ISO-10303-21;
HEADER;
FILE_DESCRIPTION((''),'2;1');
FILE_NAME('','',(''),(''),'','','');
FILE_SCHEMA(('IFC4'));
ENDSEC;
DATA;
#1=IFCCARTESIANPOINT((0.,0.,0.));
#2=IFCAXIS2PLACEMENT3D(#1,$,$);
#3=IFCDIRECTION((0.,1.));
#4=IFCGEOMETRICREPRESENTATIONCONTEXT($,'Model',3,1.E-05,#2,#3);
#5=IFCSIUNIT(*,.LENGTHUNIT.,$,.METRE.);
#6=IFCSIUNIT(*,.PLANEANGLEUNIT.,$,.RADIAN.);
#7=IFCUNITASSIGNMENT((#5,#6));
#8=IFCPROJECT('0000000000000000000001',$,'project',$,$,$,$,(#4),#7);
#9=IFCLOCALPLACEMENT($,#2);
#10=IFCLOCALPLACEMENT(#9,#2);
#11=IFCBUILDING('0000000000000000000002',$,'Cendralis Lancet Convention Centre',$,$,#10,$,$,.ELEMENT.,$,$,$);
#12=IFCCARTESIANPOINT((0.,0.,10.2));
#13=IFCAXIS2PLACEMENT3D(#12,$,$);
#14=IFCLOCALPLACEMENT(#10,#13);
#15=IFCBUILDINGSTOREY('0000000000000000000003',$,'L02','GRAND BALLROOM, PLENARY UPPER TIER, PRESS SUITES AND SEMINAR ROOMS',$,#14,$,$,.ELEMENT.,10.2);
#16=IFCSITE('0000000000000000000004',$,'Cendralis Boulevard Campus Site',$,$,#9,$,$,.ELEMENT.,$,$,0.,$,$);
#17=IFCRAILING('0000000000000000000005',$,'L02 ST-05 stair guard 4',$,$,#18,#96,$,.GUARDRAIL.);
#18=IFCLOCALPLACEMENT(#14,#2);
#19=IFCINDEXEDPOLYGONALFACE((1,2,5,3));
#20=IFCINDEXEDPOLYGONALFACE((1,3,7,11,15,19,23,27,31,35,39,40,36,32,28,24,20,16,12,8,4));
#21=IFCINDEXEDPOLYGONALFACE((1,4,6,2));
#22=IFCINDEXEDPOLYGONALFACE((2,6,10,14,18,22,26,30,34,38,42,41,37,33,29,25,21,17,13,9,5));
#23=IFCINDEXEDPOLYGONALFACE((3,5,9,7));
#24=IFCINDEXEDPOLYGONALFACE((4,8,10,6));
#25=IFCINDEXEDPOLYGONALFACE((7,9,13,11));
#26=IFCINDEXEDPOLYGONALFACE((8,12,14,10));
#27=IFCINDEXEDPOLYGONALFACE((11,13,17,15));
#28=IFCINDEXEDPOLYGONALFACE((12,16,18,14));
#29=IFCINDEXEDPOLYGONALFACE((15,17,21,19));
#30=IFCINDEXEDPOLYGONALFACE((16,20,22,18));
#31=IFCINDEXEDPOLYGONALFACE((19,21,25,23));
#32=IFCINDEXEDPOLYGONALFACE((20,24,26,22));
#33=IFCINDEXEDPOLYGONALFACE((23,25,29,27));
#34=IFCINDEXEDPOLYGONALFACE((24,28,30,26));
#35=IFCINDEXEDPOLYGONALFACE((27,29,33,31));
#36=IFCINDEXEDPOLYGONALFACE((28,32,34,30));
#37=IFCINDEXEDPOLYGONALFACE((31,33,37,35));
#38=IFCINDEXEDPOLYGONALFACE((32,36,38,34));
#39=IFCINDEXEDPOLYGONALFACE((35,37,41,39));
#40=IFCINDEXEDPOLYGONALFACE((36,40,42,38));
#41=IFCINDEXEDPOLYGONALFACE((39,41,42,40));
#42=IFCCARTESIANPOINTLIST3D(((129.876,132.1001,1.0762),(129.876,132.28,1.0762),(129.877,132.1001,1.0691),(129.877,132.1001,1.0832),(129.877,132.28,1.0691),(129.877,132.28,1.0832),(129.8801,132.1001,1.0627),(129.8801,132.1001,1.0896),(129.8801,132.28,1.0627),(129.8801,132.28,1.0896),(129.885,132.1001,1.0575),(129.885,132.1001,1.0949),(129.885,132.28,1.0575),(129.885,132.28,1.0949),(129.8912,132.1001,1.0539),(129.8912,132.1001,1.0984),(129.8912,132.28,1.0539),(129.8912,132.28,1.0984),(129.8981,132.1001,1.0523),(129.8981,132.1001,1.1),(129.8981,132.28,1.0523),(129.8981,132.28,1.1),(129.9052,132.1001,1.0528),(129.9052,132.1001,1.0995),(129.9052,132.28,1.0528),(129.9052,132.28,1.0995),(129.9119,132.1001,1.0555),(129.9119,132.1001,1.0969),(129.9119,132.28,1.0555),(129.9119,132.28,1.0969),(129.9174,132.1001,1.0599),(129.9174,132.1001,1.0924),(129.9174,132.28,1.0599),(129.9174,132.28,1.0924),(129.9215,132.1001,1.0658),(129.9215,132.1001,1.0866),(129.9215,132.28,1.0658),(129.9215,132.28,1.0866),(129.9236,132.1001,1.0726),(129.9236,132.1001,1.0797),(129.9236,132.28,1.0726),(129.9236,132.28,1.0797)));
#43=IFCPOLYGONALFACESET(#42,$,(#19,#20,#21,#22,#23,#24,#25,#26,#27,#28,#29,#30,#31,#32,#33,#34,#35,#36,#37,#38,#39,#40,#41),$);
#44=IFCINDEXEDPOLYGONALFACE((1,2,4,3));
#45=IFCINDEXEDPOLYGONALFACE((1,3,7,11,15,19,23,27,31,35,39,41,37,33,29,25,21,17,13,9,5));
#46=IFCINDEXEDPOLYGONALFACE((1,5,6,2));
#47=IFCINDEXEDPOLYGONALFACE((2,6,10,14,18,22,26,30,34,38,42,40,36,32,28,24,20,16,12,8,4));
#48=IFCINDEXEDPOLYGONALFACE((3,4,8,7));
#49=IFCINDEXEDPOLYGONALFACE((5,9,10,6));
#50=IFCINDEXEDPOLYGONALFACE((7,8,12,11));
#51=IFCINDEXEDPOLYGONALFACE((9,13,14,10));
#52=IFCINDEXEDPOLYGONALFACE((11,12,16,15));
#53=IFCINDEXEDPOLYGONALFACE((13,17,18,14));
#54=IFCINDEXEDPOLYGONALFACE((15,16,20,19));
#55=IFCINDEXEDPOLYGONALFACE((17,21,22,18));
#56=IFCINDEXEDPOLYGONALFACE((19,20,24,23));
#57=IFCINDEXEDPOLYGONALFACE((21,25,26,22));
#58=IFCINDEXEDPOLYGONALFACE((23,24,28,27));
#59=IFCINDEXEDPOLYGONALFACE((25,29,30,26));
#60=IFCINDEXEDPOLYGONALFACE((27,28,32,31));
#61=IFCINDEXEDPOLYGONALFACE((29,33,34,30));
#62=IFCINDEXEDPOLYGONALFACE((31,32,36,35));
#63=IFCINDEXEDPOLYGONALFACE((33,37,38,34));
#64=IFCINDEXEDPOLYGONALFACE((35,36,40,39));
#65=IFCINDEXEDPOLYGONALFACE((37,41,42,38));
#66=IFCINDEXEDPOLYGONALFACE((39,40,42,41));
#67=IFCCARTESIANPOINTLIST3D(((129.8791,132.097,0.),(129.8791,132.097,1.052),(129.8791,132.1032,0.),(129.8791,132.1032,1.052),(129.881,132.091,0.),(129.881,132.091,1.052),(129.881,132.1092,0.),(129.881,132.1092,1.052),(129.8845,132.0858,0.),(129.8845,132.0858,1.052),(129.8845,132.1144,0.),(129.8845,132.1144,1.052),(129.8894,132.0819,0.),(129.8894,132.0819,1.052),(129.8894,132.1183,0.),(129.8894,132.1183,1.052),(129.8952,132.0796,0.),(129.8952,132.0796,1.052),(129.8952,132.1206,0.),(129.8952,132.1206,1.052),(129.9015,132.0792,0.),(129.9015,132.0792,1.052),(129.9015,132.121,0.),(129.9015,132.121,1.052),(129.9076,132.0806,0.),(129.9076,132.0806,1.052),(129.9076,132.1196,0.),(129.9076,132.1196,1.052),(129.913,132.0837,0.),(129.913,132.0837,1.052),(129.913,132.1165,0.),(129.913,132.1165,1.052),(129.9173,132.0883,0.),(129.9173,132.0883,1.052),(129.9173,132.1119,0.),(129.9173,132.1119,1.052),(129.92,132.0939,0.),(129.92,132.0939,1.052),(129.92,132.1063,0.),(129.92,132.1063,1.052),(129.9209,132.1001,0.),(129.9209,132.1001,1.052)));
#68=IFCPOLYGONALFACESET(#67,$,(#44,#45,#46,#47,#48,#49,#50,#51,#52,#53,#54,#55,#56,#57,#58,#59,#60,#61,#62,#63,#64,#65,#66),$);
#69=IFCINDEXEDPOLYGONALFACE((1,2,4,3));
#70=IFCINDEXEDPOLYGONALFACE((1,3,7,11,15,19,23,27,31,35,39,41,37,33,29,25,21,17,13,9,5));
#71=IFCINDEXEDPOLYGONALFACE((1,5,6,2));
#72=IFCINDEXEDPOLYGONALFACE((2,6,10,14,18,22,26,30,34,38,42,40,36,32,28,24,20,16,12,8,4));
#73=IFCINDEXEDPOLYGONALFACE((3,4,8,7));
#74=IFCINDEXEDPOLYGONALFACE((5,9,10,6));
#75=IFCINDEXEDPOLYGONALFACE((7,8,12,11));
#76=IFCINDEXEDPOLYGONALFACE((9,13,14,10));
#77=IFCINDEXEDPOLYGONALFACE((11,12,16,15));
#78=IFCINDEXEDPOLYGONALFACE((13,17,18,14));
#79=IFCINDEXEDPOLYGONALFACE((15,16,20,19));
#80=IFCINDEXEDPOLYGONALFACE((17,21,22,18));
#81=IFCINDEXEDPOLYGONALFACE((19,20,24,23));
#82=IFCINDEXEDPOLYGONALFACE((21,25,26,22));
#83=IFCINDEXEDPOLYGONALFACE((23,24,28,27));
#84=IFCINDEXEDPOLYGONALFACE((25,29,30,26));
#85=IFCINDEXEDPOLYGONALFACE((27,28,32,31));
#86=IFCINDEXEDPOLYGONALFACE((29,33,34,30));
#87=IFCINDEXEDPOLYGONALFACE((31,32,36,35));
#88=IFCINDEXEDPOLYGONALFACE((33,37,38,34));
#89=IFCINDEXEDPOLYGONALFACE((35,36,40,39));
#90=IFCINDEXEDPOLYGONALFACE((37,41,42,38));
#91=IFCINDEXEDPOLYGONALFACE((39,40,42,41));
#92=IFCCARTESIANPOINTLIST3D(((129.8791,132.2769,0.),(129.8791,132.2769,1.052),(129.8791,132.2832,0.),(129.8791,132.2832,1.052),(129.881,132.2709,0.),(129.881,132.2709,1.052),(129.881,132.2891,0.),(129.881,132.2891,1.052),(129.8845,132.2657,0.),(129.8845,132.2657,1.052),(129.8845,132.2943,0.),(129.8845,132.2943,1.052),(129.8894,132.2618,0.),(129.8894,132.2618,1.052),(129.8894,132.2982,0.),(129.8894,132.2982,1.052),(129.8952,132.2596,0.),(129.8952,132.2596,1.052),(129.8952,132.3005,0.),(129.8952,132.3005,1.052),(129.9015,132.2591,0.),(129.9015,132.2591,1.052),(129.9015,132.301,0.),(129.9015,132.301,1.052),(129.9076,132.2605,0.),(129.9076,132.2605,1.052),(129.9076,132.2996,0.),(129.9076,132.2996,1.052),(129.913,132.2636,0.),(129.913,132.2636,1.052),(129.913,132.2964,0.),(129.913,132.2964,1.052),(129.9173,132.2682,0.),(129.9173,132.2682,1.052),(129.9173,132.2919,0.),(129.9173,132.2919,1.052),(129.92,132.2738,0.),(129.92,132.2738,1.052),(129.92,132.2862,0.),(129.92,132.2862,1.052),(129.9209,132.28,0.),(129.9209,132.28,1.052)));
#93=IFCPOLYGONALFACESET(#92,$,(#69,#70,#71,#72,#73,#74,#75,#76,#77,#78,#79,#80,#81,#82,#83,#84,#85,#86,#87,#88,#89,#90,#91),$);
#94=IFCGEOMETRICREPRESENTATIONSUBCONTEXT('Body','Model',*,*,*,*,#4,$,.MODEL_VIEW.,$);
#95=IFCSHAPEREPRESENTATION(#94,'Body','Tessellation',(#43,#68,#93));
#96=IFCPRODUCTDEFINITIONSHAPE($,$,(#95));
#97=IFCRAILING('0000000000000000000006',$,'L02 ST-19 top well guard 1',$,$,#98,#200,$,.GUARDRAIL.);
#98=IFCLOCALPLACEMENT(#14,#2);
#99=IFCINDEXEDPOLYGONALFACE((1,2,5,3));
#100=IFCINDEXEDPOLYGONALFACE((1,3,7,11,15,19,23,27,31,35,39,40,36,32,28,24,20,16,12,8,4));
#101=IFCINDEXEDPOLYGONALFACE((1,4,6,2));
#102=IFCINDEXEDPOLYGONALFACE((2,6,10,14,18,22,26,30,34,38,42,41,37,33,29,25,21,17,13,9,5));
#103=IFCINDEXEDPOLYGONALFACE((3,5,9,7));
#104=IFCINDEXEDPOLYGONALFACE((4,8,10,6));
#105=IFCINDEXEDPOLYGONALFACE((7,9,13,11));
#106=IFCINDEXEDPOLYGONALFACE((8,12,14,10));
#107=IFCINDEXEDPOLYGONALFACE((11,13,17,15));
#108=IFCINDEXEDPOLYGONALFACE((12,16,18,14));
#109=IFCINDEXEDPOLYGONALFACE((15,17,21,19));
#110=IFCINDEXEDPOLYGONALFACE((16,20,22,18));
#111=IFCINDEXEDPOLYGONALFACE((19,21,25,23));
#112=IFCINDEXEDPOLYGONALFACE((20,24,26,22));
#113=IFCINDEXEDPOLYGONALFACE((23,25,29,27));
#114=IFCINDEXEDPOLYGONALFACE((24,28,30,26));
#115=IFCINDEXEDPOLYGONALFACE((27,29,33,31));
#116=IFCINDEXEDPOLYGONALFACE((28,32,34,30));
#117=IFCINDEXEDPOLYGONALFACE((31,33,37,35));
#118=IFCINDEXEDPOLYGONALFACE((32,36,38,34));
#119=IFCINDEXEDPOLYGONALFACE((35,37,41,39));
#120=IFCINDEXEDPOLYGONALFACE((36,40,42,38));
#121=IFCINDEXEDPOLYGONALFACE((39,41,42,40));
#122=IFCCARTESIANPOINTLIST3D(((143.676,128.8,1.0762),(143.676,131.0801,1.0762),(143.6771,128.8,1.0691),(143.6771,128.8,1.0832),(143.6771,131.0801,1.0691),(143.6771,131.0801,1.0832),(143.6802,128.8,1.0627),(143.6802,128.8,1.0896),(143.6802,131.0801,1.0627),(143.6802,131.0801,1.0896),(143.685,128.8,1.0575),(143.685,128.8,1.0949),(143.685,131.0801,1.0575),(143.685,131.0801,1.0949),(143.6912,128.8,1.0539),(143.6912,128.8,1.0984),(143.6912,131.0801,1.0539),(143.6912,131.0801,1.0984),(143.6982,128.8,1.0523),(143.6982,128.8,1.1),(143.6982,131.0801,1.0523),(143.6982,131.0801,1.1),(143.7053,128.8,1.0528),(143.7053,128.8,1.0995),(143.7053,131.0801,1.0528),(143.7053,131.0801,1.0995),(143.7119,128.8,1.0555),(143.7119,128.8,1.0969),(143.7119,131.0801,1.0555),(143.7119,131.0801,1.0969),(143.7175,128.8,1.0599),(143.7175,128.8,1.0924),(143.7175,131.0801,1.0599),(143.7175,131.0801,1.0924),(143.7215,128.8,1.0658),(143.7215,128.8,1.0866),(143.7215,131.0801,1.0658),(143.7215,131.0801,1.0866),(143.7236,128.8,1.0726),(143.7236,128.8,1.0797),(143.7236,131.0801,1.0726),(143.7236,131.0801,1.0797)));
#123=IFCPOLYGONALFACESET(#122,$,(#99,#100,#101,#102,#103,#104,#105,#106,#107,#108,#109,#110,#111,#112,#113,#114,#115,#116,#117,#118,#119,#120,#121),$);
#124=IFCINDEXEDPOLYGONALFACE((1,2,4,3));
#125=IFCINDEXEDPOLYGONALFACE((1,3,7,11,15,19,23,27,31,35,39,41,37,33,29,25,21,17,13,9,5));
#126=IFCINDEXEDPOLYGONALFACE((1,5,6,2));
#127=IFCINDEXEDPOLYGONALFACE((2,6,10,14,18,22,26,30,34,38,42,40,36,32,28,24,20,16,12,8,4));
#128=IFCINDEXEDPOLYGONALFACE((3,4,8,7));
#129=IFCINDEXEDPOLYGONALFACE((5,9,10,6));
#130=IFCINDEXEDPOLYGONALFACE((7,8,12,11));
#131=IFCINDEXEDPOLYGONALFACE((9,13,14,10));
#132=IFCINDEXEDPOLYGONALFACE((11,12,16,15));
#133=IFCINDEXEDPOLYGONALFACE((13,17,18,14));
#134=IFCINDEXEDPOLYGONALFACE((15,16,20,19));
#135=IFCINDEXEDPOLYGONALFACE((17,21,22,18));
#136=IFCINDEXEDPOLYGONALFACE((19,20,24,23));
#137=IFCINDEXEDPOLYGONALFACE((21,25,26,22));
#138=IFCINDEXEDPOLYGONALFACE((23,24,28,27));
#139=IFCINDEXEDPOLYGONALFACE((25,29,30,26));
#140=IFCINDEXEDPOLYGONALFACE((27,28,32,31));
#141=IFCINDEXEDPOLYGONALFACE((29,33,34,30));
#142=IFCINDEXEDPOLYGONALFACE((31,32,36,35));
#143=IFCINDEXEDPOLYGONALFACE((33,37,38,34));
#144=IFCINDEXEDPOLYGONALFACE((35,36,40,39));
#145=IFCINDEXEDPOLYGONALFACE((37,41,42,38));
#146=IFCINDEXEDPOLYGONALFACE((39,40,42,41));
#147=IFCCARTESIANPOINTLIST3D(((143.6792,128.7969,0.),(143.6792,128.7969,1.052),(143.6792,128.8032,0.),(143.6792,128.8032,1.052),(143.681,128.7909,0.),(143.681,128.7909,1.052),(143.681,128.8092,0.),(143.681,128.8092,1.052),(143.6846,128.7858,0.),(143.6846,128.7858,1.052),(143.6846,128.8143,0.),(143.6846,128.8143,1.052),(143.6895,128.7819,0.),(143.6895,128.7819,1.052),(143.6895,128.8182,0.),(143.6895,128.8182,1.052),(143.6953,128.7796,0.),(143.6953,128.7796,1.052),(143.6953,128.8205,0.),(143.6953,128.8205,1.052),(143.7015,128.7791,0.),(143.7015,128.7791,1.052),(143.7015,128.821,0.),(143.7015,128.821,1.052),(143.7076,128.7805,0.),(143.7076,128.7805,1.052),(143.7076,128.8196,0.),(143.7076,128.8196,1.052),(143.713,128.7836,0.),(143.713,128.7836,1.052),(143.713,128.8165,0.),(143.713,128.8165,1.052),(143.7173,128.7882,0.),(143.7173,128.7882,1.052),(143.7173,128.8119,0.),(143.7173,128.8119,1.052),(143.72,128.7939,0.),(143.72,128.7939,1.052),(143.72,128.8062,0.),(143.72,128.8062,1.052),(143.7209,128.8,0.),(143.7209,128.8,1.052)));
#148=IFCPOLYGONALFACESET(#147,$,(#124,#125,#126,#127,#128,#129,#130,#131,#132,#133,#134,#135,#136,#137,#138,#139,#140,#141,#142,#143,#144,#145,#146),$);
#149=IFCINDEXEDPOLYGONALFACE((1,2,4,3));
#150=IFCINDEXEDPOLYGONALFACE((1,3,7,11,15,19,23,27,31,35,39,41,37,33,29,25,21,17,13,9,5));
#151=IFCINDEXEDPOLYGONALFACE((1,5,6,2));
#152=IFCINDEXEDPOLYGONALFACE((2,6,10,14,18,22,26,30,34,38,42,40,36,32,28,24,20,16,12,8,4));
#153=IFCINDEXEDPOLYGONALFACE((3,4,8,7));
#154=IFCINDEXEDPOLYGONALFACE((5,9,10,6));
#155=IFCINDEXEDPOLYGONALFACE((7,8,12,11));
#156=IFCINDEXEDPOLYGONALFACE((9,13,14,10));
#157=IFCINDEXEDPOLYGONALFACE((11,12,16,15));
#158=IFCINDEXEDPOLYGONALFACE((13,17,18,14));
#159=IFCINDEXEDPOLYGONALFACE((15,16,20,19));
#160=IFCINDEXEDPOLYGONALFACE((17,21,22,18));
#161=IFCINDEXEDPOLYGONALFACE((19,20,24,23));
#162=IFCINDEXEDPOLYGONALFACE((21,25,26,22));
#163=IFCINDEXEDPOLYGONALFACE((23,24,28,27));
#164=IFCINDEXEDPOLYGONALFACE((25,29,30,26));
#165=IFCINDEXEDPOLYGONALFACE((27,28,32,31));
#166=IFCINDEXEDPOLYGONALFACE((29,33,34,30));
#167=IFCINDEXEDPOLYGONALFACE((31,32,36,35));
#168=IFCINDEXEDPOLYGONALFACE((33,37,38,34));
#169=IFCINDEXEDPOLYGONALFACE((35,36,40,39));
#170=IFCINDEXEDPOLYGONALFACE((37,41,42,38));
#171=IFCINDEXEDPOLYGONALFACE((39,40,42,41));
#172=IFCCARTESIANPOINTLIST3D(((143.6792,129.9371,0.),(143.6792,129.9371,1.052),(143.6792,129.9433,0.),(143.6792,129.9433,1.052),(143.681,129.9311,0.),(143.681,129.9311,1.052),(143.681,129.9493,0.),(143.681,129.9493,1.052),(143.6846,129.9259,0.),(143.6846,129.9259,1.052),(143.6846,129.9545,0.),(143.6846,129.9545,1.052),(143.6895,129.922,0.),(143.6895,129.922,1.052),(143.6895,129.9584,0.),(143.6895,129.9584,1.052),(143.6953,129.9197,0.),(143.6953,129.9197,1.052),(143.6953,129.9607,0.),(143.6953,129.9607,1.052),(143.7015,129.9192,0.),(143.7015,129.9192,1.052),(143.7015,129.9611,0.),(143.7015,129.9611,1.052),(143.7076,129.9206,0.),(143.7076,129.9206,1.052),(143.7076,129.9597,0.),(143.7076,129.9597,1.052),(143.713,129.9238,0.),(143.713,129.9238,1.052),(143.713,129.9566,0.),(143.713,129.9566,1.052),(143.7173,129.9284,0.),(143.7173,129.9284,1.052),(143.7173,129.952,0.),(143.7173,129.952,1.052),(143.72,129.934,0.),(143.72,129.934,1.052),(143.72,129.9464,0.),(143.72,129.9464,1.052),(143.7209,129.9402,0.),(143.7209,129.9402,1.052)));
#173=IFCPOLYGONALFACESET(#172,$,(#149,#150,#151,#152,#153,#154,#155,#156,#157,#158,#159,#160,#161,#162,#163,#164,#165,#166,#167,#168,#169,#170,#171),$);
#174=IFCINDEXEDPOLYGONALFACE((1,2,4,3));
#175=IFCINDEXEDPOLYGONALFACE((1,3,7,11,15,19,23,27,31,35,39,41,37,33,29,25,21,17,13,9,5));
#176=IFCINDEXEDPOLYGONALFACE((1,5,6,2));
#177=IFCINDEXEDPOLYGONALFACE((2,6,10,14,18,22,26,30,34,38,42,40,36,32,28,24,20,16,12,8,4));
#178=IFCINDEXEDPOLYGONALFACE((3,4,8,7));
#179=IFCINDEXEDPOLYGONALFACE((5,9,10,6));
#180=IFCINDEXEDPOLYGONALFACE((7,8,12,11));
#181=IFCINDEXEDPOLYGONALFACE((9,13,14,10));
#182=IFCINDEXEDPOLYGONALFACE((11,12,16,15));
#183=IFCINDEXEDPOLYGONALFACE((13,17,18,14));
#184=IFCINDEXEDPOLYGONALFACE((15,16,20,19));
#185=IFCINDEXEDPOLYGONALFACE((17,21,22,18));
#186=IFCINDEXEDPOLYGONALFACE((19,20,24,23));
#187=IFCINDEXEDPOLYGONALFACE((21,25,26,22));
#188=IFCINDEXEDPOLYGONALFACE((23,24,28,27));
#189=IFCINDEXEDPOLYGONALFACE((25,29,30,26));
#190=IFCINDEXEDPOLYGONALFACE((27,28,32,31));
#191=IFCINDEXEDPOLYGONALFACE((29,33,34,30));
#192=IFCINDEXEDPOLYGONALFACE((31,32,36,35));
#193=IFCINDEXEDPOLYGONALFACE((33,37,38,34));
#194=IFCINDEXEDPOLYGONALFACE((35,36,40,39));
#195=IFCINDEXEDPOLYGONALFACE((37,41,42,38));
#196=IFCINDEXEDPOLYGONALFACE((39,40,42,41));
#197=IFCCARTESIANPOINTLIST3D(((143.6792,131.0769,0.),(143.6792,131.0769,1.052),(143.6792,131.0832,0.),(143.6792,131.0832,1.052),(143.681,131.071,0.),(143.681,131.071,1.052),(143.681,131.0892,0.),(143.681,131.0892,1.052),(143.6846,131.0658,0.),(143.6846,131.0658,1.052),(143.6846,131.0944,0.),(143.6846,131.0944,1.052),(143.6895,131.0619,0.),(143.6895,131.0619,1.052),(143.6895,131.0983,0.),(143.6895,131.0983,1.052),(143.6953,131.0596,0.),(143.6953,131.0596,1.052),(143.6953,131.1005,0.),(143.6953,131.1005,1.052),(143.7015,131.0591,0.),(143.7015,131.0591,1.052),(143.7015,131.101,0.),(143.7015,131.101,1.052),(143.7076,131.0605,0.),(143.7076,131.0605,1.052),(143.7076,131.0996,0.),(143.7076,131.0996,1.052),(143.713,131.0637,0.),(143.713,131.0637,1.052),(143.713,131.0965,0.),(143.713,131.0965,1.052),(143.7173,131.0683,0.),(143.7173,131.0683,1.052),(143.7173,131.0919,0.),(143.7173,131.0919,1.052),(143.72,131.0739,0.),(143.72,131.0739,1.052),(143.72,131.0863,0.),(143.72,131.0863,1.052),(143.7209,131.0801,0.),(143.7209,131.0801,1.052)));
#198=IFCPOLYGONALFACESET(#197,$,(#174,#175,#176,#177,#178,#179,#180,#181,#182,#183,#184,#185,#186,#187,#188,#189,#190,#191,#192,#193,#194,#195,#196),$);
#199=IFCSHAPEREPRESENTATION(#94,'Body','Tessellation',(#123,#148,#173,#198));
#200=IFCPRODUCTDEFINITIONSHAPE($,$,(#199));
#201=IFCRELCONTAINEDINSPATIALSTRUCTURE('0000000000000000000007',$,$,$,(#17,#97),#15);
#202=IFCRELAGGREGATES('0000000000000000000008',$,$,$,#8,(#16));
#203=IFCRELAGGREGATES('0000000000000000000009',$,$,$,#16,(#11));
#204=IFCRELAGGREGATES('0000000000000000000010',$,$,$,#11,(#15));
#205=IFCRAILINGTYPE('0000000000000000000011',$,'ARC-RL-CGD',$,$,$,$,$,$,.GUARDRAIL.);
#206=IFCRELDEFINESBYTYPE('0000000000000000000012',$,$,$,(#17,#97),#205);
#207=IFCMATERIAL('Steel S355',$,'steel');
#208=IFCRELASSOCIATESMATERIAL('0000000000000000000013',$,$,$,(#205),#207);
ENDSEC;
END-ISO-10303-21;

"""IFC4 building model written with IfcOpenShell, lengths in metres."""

from ifc_helpers import new_model, si_unit, direction, frame, origin, origin_2d, place, context, subcontext, project, spatial, circle, extrude, material, type_object, element, save


model = new_model("IFC4")

# Units and contexts
model_context = context("Model", 3, precision=1e-05, world=origin(), true_north=direction((0.0, 1.0)))
body_context = subcontext(model_context, "Body", "Model", "MODEL_VIEW")
ifc_project = project(units=[si_unit("LENGTHUNIT", "METRE"), si_unit("PLANEANGLEUNIT", "RADIAN")], contexts=[model_context])

# Site, building, storey
site_placement = place(None, origin())
site = spatial("IfcSite", under=ifc_project, at=site_placement, Name="Cendralis Boulevard Campus Site", CompositionType="ELEMENT", RefElevation=0.0)
building_placement = place(site_placement, origin())
building = spatial("IfcBuilding", under=site, at=building_placement, Name="Cendralis Lancet Convention Centre", CompositionType="ELEMENT")
storey_placement = place(building_placement, frame((0.0, 0.0, 10.2)))
storey = spatial("IfcBuildingStorey", under=building, at=storey_placement, Name="L02", Description="GRAND BALLROOM, PLENARY UPPER TIER, PRESS SUITES AND SEMINAR ROOMS", CompositionType="ELEMENT", Elevation=10.2)

# Shared definitions
ifc_material_1 = material(Name="Steel S355", Category="steel")

# Railings
railing_type_1 = type_object("IfcRailingType", Name="ARC-RL-CGD", PredefinedType="GUARDRAIL", material=ifc_material_1)
railing_1_placement = place(storey_placement, frame((129.8999, 132.1001, 0.0)))
element("IfcRailing", 1, at=railing_1_placement, inside=storey, type_object=railing_type_1, Name="L02 ST-05 stair guard 4", PredefinedType="GUARDRAIL", context=body_context, shape_type="SweptSolid", body=[
    extrude(circle(Radius=0.0239, at=origin_2d()), frame((0.0, 0.0, 1.0762), z_axis=(0.0, 1.0, 0.0), x_axis=(-1.0, 0.0, 0.0)), (0.0, 0.0, 1.0), 0.1799),
    extrude(circle(Radius=0.021, at=origin_2d()), origin(), (0.0, 0.0, 1.0), 1.052),
    extrude(circle(Radius=0.021, at=origin_2d()), frame((0.0, 0.1799, 0.0)), (0.0, 0.0, 1.0), 1.052),
])
railing_2_placement = place(storey_placement, frame((143.7, 128.8, 0.0)))
element("IfcRailing", 2, at=railing_2_placement, inside=storey, type_object=railing_type_1, Name="L02 ST-19 top well guard 1", PredefinedType="GUARDRAIL", context=body_context, shape_type="SweptSolid", body=[
    extrude(circle(Radius=0.0239, at=origin_2d()), frame((0.0, 0.0, 1.0762), z_axis=(0.0, 1.0, 0.0), x_axis=(-1.0, 0.0, 0.0)), (0.0, 0.0, 1.0), 2.28),
    extrude(circle(Radius=0.021, at=origin_2d()), origin(), (0.0, 0.0, 1.0), 1.052),
    extrude(circle(Radius=0.021, at=origin_2d()), frame((0.0, 1.1401, 0.0)), (0.0, 0.0, 1.0), 1.052),
    extrude(circle(Radius=0.021, at=origin_2d()), frame((0.0, 2.28, 0.0)), (0.0, 0.0, 1.0), 1.052),
])

save(model, "model.ifc")
